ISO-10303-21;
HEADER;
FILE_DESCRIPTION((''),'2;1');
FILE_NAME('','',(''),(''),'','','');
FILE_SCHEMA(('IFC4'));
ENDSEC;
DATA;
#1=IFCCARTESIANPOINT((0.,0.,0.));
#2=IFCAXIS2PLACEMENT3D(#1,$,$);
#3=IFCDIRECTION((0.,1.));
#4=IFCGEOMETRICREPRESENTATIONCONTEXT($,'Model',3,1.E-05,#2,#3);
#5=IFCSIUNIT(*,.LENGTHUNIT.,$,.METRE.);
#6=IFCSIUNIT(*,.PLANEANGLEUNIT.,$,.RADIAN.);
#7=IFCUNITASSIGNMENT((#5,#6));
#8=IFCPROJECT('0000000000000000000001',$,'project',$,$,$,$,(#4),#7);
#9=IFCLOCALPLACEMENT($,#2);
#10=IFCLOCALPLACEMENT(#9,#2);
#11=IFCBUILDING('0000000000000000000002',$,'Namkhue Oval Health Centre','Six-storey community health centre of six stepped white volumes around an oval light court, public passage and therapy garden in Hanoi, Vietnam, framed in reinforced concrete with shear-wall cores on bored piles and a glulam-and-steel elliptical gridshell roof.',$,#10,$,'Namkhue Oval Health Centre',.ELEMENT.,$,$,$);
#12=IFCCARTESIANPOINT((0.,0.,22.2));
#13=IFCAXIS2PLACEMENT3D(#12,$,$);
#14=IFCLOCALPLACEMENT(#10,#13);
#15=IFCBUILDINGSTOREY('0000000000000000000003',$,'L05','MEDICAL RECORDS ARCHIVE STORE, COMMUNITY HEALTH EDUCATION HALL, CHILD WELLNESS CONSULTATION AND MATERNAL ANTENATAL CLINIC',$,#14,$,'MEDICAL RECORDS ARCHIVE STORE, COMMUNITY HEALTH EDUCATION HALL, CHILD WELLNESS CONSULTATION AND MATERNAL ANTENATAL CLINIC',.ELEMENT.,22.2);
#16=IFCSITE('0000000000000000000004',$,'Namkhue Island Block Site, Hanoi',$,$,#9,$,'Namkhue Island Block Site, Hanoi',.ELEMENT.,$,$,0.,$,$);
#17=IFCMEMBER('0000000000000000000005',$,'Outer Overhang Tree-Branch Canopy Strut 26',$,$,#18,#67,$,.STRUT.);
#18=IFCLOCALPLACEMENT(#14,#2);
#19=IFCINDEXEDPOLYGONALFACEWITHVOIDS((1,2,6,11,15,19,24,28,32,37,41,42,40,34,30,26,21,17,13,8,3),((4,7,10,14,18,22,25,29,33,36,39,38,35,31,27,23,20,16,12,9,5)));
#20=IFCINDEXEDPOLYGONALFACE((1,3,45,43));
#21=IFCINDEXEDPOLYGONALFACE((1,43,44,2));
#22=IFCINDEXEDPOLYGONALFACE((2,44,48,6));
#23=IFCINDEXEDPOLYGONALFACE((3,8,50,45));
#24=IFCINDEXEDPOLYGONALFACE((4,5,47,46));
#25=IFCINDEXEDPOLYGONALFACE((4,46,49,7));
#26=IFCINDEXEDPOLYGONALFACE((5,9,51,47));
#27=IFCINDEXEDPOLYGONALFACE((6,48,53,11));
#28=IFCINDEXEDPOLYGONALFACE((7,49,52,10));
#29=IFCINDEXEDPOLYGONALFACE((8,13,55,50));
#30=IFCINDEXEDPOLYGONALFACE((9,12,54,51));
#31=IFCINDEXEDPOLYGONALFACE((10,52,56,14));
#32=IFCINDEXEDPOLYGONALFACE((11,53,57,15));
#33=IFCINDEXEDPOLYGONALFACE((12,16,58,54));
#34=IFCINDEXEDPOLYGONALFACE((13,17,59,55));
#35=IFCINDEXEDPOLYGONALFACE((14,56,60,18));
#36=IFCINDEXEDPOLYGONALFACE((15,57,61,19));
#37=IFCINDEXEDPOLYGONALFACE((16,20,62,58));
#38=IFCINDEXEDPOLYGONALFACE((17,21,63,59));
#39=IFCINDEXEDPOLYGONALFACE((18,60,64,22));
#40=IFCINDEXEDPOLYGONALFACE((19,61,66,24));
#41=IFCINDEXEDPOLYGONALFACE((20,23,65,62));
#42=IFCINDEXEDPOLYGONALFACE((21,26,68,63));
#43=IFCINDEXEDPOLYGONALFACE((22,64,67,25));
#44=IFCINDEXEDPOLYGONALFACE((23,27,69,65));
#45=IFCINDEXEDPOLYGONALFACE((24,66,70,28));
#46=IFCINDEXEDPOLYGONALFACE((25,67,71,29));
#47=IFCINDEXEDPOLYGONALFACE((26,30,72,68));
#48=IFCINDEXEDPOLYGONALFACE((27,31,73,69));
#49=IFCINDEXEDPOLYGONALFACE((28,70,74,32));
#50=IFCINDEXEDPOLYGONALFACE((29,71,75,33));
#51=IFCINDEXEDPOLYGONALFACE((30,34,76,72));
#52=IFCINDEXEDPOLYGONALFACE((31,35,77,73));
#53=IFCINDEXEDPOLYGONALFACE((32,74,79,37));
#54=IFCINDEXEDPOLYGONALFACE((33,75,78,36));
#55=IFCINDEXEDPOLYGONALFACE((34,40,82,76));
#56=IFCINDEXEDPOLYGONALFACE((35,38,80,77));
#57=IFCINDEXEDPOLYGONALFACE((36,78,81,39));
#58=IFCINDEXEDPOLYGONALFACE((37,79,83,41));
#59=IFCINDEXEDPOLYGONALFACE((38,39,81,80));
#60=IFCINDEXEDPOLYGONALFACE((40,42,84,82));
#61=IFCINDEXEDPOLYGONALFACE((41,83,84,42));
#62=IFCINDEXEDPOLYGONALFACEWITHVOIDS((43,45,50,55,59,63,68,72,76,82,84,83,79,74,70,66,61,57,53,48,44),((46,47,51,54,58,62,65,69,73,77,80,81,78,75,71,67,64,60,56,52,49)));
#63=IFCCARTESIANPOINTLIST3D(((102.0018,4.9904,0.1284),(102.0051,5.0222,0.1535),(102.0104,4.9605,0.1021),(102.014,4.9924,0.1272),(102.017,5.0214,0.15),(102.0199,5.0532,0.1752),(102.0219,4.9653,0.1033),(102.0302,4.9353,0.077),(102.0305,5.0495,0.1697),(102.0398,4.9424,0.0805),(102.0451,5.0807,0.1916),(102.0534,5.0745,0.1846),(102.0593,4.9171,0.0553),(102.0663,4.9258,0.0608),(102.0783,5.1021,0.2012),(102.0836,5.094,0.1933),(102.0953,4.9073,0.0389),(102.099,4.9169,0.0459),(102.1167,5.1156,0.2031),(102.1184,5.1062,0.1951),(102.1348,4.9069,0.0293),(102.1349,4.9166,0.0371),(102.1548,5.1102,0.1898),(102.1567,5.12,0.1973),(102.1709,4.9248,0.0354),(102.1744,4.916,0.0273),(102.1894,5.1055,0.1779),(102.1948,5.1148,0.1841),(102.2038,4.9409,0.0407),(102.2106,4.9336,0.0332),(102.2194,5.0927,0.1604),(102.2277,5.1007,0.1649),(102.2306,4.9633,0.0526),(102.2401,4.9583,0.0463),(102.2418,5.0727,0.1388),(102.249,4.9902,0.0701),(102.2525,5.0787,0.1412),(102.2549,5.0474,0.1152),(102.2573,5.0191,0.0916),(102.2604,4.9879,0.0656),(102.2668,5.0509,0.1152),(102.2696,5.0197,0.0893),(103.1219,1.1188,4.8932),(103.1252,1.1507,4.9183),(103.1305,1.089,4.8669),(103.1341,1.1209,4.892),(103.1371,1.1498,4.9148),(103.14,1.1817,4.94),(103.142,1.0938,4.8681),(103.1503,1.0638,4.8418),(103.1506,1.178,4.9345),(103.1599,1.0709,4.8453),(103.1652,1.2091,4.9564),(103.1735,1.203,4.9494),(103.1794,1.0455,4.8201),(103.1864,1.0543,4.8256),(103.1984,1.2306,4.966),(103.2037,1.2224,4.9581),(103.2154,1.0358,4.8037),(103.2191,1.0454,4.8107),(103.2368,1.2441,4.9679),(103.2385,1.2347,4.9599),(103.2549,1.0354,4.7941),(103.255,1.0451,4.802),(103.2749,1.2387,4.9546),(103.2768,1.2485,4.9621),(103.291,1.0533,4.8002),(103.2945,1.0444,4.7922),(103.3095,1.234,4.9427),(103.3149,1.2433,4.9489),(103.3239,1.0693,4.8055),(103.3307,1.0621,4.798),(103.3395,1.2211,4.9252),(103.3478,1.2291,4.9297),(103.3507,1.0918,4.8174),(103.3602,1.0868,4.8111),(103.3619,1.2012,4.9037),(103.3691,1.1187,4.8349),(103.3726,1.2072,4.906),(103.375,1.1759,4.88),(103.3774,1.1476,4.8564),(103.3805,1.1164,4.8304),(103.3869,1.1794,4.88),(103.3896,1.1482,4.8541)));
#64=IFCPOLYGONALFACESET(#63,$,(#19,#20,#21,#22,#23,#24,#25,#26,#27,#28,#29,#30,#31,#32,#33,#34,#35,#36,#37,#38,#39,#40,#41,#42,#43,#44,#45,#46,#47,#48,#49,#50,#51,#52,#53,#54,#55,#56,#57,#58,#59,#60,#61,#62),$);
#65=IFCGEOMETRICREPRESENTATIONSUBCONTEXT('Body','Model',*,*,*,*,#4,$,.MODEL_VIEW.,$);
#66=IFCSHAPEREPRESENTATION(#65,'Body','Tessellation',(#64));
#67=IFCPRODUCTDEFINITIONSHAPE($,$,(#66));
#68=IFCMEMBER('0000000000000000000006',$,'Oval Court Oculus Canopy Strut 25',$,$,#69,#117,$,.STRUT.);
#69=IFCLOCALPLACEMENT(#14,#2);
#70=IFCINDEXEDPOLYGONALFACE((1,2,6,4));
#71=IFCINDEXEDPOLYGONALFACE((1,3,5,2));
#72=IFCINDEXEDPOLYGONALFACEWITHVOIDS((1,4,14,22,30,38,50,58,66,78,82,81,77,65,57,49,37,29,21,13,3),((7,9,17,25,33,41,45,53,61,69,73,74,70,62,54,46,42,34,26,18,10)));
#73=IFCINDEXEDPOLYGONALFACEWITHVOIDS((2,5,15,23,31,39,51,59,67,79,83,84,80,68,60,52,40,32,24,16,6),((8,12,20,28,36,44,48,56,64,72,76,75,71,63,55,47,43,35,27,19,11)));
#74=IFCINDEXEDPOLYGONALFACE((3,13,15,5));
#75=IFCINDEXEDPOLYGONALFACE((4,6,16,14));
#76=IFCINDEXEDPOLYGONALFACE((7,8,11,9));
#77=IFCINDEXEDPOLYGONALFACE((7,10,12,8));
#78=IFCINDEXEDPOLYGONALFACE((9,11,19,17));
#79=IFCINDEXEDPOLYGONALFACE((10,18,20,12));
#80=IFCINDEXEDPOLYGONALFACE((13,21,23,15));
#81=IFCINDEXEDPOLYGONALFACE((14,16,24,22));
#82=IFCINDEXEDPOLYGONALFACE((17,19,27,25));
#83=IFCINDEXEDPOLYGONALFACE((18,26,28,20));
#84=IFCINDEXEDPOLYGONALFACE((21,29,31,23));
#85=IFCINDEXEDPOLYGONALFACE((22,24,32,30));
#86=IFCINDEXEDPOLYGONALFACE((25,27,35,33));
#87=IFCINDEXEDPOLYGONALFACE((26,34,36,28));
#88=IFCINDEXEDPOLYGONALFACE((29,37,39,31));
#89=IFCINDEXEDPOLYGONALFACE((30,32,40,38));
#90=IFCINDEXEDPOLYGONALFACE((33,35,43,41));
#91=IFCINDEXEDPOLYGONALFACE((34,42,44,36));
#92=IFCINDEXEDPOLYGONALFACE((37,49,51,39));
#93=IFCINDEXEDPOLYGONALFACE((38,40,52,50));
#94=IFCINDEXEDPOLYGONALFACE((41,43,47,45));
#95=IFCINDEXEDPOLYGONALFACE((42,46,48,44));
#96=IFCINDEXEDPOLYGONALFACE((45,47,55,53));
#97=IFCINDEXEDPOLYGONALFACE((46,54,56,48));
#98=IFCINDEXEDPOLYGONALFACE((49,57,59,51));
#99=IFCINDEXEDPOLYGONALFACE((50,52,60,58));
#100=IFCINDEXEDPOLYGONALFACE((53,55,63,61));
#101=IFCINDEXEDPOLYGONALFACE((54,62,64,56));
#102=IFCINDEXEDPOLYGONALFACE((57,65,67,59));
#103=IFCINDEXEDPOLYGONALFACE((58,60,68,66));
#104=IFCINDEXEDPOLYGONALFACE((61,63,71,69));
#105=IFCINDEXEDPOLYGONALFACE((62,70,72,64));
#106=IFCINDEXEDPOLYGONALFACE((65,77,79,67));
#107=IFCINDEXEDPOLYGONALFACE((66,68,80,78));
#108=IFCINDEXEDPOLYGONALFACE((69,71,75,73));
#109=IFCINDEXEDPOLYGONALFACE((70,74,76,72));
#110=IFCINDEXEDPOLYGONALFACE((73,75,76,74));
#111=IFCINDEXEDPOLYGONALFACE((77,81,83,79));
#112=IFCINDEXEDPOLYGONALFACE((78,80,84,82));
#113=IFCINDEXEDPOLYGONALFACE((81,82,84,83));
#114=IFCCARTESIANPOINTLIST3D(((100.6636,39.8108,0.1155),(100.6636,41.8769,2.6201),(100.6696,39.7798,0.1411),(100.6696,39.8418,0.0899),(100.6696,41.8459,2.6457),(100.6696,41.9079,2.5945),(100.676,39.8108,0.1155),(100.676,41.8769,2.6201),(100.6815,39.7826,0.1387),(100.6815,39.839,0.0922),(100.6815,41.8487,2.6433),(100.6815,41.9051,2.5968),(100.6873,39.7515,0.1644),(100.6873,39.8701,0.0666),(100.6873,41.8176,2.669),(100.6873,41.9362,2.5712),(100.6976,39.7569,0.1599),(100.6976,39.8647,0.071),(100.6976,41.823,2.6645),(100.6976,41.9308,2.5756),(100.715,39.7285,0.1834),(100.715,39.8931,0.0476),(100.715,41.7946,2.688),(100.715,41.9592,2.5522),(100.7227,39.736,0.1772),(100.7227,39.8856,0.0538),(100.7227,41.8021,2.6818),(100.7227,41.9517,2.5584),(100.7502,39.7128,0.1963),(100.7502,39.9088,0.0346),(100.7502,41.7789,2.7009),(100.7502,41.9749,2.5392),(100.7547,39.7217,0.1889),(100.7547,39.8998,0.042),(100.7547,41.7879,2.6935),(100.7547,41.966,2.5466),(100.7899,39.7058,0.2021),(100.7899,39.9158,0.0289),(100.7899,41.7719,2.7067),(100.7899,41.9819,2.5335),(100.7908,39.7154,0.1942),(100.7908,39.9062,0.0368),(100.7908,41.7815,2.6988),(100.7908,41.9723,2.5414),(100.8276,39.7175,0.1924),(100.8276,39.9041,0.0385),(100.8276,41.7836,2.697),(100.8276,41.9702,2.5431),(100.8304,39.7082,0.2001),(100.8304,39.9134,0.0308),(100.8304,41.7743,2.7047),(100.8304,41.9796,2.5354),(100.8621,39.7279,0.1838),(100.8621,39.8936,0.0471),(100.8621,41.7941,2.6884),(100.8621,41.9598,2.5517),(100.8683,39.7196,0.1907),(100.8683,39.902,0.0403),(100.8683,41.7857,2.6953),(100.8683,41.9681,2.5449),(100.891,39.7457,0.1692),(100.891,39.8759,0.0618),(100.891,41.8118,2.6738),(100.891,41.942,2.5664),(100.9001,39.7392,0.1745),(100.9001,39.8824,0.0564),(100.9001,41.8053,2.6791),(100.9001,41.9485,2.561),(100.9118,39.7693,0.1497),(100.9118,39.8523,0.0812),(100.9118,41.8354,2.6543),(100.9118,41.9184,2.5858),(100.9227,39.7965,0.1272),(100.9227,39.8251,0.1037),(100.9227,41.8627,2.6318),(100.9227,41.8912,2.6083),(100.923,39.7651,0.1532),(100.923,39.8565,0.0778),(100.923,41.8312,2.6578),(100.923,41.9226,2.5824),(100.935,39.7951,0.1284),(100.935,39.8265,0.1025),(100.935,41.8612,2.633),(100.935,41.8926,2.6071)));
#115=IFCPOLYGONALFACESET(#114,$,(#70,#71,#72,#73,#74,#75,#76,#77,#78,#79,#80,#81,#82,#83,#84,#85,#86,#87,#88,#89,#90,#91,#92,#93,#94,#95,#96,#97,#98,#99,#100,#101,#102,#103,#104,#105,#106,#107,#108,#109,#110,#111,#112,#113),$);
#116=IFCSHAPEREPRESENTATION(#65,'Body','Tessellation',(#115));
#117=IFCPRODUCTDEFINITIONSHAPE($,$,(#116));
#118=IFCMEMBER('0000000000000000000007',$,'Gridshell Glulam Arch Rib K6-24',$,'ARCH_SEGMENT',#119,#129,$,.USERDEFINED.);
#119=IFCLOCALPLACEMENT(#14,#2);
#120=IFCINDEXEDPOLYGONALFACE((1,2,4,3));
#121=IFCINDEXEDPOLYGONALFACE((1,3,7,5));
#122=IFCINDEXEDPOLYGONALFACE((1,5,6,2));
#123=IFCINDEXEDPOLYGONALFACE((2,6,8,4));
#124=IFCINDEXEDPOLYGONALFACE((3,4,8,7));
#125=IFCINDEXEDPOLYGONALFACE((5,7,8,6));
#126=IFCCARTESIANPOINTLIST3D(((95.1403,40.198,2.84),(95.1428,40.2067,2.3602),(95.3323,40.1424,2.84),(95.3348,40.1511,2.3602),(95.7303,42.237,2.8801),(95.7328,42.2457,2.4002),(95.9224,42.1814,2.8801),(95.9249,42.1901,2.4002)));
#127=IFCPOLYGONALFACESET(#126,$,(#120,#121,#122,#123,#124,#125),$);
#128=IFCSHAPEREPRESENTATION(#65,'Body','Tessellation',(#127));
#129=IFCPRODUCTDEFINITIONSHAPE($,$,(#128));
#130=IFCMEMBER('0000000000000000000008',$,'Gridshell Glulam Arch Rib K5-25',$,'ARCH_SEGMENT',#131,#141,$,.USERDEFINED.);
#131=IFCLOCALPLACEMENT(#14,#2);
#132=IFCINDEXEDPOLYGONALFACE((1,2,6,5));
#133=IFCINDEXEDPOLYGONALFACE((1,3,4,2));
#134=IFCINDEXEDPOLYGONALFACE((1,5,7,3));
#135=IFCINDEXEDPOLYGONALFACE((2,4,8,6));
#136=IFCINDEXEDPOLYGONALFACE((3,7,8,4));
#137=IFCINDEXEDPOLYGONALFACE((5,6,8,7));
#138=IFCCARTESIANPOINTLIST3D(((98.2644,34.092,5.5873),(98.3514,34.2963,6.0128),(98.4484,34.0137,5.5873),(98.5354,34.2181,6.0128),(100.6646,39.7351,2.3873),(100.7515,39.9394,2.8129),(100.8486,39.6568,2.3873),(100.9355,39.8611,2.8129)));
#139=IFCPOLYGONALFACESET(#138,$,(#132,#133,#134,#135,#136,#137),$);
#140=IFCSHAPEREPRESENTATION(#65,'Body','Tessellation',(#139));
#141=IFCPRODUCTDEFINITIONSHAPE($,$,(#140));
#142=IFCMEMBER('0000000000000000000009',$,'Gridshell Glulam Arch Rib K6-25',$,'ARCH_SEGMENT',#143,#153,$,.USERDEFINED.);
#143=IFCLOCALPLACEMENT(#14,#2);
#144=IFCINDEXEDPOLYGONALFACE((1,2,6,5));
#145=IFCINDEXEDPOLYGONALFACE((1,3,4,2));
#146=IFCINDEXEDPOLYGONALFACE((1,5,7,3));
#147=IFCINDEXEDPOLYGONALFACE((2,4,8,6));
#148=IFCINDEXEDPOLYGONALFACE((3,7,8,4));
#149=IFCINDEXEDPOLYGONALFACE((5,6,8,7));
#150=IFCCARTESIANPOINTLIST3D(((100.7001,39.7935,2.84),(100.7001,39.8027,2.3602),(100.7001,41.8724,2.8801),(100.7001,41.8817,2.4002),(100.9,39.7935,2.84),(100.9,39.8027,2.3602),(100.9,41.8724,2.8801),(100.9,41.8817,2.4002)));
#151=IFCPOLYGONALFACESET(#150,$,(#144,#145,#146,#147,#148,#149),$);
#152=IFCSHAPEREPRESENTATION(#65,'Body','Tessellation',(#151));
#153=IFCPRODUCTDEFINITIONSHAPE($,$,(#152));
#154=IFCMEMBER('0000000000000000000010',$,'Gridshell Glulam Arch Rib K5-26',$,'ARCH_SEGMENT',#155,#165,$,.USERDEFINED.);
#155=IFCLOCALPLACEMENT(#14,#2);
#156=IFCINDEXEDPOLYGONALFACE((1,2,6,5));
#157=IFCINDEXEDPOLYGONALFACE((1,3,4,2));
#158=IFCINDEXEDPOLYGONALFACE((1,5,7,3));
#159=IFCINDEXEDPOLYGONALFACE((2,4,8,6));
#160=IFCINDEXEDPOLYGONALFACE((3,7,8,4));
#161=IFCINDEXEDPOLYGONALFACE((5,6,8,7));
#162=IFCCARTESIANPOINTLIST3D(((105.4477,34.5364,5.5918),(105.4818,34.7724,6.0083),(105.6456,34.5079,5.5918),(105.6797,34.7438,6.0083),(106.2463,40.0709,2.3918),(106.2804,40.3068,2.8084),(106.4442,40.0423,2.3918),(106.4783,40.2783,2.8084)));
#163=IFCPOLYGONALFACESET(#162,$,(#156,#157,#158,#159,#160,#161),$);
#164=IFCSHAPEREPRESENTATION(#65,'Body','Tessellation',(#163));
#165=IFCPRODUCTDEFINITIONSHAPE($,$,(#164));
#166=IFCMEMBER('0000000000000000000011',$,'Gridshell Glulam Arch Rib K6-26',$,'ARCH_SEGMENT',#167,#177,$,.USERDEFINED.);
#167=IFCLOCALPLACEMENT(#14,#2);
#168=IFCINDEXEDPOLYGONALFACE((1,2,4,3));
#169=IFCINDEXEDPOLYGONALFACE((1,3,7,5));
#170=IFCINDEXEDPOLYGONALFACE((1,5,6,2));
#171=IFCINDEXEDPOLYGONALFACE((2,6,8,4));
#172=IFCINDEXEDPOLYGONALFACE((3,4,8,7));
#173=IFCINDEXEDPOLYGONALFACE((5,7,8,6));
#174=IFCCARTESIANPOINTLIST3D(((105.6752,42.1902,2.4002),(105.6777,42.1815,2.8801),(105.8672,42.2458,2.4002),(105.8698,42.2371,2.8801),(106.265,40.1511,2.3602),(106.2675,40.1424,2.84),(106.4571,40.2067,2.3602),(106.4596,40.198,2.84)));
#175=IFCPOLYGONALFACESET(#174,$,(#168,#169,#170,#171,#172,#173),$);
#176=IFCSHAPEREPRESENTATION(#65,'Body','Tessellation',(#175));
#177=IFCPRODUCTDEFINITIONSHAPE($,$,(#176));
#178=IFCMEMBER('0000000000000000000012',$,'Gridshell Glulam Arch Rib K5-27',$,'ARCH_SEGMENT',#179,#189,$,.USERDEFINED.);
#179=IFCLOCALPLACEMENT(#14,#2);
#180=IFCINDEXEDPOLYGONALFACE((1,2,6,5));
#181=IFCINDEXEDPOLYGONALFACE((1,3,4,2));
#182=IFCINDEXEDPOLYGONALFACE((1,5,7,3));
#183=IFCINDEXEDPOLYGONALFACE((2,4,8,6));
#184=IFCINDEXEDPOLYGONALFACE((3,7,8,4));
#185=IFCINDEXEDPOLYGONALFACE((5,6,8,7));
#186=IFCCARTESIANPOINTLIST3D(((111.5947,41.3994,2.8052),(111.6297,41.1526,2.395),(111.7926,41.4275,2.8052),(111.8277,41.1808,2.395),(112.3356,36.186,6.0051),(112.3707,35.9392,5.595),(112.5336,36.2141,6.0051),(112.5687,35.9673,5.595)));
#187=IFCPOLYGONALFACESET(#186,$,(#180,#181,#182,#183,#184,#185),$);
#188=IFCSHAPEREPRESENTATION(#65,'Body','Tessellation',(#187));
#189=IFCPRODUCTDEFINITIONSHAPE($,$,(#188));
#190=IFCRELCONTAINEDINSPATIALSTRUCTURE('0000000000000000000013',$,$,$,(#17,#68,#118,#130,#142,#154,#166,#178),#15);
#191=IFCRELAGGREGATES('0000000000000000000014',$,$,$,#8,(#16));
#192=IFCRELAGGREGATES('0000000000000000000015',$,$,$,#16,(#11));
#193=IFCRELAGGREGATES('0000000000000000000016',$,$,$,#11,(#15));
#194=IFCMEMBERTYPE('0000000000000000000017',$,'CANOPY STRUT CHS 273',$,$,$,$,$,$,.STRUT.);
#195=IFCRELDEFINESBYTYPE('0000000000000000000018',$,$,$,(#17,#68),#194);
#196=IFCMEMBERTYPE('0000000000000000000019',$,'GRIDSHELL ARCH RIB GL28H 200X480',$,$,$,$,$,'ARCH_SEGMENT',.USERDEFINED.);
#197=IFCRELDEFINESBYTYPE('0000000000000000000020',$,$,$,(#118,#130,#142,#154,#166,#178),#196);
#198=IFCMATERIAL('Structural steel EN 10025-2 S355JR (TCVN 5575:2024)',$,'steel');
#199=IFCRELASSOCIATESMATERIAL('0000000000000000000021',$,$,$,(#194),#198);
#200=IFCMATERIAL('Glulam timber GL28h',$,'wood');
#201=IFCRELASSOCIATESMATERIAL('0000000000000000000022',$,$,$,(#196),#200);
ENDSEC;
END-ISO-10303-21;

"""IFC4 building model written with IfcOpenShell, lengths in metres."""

from ifc_helpers import new_model, si_unit, direction, frame, origin, origin_2d, place, context, subcontext, project, spatial, rectangle, hollow_circle, extrude, material, material_profile, profile_set, type_object, element, save


model = new_model("IFC4")

# Units and contexts
model_context = context("Model", 3, precision=1e-05, world=origin(), true_north=direction((0.0, 1.0)))
body_context = subcontext(model_context, "Body", "Model", "MODEL_VIEW")
ifc_project = project(units=[si_unit("LENGTHUNIT", "METRE"), si_unit("PLANEANGLEUNIT", "RADIAN")], contexts=[model_context])

# Site, building, storey
site_placement = place(None, origin())
site = spatial("IfcSite", under=ifc_project, at=site_placement, Name="Namkhue Island Block Site, Hanoi", LongName="Namkhue Island Block Site, Hanoi", CompositionType="ELEMENT", RefElevation=0.0)
building_placement = place(site_placement, origin())
building = spatial("IfcBuilding", under=site, at=building_placement, Name="Namkhue Oval Health Centre", Description="Six-storey community health centre of six stepped white volumes around an oval light court, public passage and therapy garden in Hanoi, Vietnam, framed in reinforced concrete with shear-wall cores on bored piles and a glulam-and-steel elliptical gridshell roof.", LongName="Namkhue Oval Health Centre", CompositionType="ELEMENT")
storey_placement = place(building_placement, frame((0.0, 0.0, 22.2)))
storey = spatial("IfcBuildingStorey", under=building, at=storey_placement, Name="L05", Description="MEDICAL RECORDS ARCHIVE STORE, COMMUNITY HEALTH EDUCATION HALL, CHILD WELLNESS CONSULTATION AND MATERNAL ANTENATAL CLINIC", LongName="MEDICAL RECORDS ARCHIVE STORE, COMMUNITY HEALTH EDUCATION HALL, CHILD WELLNESS CONSULTATION AND MATERNAL ANTENATAL CLINIC", CompositionType="ELEMENT", Elevation=22.2)

# Members
ifc_material_1 = material(Name="Structural steel EN 10025-2 S355JR (TCVN 5575:2024)", Category="steel")
ifc_material_profile_1 = material_profile(ifc_material_1, hollow_circle(Radius=0.1365, WallThickness=0.0125, at=origin_2d()), Name="CHS 273x12.5")
ifc_profile_set_1 = profile_set([ifc_material_profile_1], Name="Structural steel EN 10025-2 S355JR (TCVN 5575:2024)")
member_type_1 = type_object("IfcMemberType", Name="CANOPY STRUT CHS 273", PredefinedType="STRUT", material=ifc_profile_set_1)
member_1_placement = place(storey_placement, frame((102.1357, 5.0129, 0.1152), z_axis=(0.179482, -0.620363, 0.763503), x_axis=(0.960604, 0.27792, 0.0)))
element("IfcMember", 1, at=member_1_placement, inside=storey, type_object=member_type_1, Name="Outer Overhang Tree-Branch Canopy Strut 26", PredefinedType="STRUT", context=body_context, shape_type="SweptSolid", body=[
    extrude(hollow_circle(Radius=0.1365, WallThickness=0.0125, at=origin_2d()), origin(), (0.0, 0.0, 1.0), 6.2407),
])
member_2_placement = place(storey_placement, frame((100.8, 39.8108, 0.1155), z_axis=(0.0, 0.636353, 0.771398), x_axis=(-1.0, 0.0, 0.0)))
element("IfcMember", 2, at=member_2_placement, inside=storey, type_object=member_type_1, Name="Oval Court Oculus Canopy Strut 25", PredefinedType="STRUT", context=body_context, shape_type="SweptSolid", body=[
    extrude(hollow_circle(Radius=0.1365, WallThickness=0.0125, at=origin_2d()), origin(), (0.0, 0.0, 1.0), 3.2468),
])
ifc_material_2 = material(Name="Glulam timber GL28h", Category="wood")
ifc_material_profile_2 = material_profile(ifc_material_2, rectangle(XDim=0.2, YDim=0.48, at=origin_2d()), Name="GL28h 200x480")
ifc_profile_set_2 = profile_set([ifc_material_profile_2], Name="Glulam timber GL28h")
member_type_2 = type_object("IfcMemberType", Name="GRIDSHELL ARCH RIB GL28H 200X480", ElementType="ARCH_SEGMENT", PredefinedType="USERDEFINED", material=ifc_profile_set_2)
member_3_placement = place(storey_placement, frame((95.2375, 40.1746, 2.6001), z_axis=(0.277936, 0.960414, 0.018859), x_axis=(-0.960585, 0.277985, 0.0)))
element("IfcMember", 3, at=member_3_placement, inside=storey, type_object=member_type_2, Name="Gridshell Glulam Arch Rib K6-24", ObjectType="ARCH_SEGMENT", PredefinedType="USERDEFINED", context=body_context, shape_type="SweptSolid", body=[
    extrude(rectangle(XDim=0.2, YDim=0.48, at=origin_2d()), origin(), (0.0, 0.0, 1.0), 2.123),
])
member_4_placement = place(storey_placement, frame((98.3999, 34.155, 5.8), z_axis=(0.346993, 0.815828, -0.462623), x_axis=(-0.920223, 0.391395, 0.0)))
element("IfcMember", 4, at=member_4_placement, inside=storey, type_object=member_type_2, Name="Gridshell Glulam Arch Rib K5-25", ObjectType="ARCH_SEGMENT", PredefinedType="USERDEFINED", context=body_context, shape_type="SweptSolid", body=[
    extrude(rectangle(XDim=0.2, YDim=0.48, at=origin_2d()), origin(), (0.0, 0.0, 1.0), 6.917),
])
member_5_placement = place(storey_placement, frame((100.8, 39.7981, 2.6001), z_axis=(0.0, 0.999815, 0.019257), x_axis=(-1.0, 0.0, 0.0)))
element("IfcMember", 5, at=member_5_placement, inside=storey, type_object=member_type_2, Name="Gridshell Glulam Arch Rib K6-25", ObjectType="ARCH_SEGMENT", PredefinedType="USERDEFINED", context=body_context, shape_type="SweptSolid", body=[
    extrude(rectangle(XDim=0.2, YDim=0.48, at=origin_2d()), origin(), (0.0, 0.0, 1.0), 2.0793),
])
member_6_placement = place(storey_placement, frame((105.5637, 34.6401, 5.8), z_axis=(0.123953, 0.859034, -0.496685), x_axis=(-0.989749, 0.142815, 0.0)))
element("IfcMember", 6, at=member_6_placement, inside=storey, type_object=member_type_2, Name="Gridshell Glulam Arch Rib K5-26", ObjectType="ARCH_SEGMENT", PredefinedType="USERDEFINED", context=body_context, shape_type="SweptSolid", body=[
    extrude(rectangle(XDim=0.2, YDim=0.48, at=origin_2d()), origin(), (0.0, 0.0, 1.0), 6.4426),
])
member_7_placement = place(storey_placement, frame((106.3623, 40.1746, 2.6001), z_axis=(-0.27783, 0.960445, 0.018859), x_axis=(-0.960616, -0.277879, 0.0)))
element("IfcMember", 7, at=member_7_placement, inside=storey, type_object=member_type_2, Name="Gridshell Glulam Arch Rib K6-26", ObjectType="ARCH_SEGMENT", PredefinedType="USERDEFINED", context=body_context, shape_type="SweptSolid", body=[
    extrude(rectangle(XDim=0.2, YDim=0.48, at=origin_2d()), origin(), (0.0, 0.0, 1.0), 2.123),
])
member_8_placement = place(storey_placement, frame((112.4521, 36.0767, 5.8), z_axis=(-0.120251, 0.846078, -0.519319), x_axis=(-0.99005, -0.140714, 0.0)))
element("IfcMember", 8, at=member_8_placement, inside=storey, type_object=member_type_2, Name="Gridshell Glulam Arch Rib K5-27", ObjectType="ARCH_SEGMENT", PredefinedType="USERDEFINED", context=body_context, shape_type="SweptSolid", body=[
    extrude(rectangle(XDim=0.2, YDim=0.48, at=origin_2d()), origin(), (0.0, 0.0, 1.0), 6.1619),
])

save(model, "model.ifc")
